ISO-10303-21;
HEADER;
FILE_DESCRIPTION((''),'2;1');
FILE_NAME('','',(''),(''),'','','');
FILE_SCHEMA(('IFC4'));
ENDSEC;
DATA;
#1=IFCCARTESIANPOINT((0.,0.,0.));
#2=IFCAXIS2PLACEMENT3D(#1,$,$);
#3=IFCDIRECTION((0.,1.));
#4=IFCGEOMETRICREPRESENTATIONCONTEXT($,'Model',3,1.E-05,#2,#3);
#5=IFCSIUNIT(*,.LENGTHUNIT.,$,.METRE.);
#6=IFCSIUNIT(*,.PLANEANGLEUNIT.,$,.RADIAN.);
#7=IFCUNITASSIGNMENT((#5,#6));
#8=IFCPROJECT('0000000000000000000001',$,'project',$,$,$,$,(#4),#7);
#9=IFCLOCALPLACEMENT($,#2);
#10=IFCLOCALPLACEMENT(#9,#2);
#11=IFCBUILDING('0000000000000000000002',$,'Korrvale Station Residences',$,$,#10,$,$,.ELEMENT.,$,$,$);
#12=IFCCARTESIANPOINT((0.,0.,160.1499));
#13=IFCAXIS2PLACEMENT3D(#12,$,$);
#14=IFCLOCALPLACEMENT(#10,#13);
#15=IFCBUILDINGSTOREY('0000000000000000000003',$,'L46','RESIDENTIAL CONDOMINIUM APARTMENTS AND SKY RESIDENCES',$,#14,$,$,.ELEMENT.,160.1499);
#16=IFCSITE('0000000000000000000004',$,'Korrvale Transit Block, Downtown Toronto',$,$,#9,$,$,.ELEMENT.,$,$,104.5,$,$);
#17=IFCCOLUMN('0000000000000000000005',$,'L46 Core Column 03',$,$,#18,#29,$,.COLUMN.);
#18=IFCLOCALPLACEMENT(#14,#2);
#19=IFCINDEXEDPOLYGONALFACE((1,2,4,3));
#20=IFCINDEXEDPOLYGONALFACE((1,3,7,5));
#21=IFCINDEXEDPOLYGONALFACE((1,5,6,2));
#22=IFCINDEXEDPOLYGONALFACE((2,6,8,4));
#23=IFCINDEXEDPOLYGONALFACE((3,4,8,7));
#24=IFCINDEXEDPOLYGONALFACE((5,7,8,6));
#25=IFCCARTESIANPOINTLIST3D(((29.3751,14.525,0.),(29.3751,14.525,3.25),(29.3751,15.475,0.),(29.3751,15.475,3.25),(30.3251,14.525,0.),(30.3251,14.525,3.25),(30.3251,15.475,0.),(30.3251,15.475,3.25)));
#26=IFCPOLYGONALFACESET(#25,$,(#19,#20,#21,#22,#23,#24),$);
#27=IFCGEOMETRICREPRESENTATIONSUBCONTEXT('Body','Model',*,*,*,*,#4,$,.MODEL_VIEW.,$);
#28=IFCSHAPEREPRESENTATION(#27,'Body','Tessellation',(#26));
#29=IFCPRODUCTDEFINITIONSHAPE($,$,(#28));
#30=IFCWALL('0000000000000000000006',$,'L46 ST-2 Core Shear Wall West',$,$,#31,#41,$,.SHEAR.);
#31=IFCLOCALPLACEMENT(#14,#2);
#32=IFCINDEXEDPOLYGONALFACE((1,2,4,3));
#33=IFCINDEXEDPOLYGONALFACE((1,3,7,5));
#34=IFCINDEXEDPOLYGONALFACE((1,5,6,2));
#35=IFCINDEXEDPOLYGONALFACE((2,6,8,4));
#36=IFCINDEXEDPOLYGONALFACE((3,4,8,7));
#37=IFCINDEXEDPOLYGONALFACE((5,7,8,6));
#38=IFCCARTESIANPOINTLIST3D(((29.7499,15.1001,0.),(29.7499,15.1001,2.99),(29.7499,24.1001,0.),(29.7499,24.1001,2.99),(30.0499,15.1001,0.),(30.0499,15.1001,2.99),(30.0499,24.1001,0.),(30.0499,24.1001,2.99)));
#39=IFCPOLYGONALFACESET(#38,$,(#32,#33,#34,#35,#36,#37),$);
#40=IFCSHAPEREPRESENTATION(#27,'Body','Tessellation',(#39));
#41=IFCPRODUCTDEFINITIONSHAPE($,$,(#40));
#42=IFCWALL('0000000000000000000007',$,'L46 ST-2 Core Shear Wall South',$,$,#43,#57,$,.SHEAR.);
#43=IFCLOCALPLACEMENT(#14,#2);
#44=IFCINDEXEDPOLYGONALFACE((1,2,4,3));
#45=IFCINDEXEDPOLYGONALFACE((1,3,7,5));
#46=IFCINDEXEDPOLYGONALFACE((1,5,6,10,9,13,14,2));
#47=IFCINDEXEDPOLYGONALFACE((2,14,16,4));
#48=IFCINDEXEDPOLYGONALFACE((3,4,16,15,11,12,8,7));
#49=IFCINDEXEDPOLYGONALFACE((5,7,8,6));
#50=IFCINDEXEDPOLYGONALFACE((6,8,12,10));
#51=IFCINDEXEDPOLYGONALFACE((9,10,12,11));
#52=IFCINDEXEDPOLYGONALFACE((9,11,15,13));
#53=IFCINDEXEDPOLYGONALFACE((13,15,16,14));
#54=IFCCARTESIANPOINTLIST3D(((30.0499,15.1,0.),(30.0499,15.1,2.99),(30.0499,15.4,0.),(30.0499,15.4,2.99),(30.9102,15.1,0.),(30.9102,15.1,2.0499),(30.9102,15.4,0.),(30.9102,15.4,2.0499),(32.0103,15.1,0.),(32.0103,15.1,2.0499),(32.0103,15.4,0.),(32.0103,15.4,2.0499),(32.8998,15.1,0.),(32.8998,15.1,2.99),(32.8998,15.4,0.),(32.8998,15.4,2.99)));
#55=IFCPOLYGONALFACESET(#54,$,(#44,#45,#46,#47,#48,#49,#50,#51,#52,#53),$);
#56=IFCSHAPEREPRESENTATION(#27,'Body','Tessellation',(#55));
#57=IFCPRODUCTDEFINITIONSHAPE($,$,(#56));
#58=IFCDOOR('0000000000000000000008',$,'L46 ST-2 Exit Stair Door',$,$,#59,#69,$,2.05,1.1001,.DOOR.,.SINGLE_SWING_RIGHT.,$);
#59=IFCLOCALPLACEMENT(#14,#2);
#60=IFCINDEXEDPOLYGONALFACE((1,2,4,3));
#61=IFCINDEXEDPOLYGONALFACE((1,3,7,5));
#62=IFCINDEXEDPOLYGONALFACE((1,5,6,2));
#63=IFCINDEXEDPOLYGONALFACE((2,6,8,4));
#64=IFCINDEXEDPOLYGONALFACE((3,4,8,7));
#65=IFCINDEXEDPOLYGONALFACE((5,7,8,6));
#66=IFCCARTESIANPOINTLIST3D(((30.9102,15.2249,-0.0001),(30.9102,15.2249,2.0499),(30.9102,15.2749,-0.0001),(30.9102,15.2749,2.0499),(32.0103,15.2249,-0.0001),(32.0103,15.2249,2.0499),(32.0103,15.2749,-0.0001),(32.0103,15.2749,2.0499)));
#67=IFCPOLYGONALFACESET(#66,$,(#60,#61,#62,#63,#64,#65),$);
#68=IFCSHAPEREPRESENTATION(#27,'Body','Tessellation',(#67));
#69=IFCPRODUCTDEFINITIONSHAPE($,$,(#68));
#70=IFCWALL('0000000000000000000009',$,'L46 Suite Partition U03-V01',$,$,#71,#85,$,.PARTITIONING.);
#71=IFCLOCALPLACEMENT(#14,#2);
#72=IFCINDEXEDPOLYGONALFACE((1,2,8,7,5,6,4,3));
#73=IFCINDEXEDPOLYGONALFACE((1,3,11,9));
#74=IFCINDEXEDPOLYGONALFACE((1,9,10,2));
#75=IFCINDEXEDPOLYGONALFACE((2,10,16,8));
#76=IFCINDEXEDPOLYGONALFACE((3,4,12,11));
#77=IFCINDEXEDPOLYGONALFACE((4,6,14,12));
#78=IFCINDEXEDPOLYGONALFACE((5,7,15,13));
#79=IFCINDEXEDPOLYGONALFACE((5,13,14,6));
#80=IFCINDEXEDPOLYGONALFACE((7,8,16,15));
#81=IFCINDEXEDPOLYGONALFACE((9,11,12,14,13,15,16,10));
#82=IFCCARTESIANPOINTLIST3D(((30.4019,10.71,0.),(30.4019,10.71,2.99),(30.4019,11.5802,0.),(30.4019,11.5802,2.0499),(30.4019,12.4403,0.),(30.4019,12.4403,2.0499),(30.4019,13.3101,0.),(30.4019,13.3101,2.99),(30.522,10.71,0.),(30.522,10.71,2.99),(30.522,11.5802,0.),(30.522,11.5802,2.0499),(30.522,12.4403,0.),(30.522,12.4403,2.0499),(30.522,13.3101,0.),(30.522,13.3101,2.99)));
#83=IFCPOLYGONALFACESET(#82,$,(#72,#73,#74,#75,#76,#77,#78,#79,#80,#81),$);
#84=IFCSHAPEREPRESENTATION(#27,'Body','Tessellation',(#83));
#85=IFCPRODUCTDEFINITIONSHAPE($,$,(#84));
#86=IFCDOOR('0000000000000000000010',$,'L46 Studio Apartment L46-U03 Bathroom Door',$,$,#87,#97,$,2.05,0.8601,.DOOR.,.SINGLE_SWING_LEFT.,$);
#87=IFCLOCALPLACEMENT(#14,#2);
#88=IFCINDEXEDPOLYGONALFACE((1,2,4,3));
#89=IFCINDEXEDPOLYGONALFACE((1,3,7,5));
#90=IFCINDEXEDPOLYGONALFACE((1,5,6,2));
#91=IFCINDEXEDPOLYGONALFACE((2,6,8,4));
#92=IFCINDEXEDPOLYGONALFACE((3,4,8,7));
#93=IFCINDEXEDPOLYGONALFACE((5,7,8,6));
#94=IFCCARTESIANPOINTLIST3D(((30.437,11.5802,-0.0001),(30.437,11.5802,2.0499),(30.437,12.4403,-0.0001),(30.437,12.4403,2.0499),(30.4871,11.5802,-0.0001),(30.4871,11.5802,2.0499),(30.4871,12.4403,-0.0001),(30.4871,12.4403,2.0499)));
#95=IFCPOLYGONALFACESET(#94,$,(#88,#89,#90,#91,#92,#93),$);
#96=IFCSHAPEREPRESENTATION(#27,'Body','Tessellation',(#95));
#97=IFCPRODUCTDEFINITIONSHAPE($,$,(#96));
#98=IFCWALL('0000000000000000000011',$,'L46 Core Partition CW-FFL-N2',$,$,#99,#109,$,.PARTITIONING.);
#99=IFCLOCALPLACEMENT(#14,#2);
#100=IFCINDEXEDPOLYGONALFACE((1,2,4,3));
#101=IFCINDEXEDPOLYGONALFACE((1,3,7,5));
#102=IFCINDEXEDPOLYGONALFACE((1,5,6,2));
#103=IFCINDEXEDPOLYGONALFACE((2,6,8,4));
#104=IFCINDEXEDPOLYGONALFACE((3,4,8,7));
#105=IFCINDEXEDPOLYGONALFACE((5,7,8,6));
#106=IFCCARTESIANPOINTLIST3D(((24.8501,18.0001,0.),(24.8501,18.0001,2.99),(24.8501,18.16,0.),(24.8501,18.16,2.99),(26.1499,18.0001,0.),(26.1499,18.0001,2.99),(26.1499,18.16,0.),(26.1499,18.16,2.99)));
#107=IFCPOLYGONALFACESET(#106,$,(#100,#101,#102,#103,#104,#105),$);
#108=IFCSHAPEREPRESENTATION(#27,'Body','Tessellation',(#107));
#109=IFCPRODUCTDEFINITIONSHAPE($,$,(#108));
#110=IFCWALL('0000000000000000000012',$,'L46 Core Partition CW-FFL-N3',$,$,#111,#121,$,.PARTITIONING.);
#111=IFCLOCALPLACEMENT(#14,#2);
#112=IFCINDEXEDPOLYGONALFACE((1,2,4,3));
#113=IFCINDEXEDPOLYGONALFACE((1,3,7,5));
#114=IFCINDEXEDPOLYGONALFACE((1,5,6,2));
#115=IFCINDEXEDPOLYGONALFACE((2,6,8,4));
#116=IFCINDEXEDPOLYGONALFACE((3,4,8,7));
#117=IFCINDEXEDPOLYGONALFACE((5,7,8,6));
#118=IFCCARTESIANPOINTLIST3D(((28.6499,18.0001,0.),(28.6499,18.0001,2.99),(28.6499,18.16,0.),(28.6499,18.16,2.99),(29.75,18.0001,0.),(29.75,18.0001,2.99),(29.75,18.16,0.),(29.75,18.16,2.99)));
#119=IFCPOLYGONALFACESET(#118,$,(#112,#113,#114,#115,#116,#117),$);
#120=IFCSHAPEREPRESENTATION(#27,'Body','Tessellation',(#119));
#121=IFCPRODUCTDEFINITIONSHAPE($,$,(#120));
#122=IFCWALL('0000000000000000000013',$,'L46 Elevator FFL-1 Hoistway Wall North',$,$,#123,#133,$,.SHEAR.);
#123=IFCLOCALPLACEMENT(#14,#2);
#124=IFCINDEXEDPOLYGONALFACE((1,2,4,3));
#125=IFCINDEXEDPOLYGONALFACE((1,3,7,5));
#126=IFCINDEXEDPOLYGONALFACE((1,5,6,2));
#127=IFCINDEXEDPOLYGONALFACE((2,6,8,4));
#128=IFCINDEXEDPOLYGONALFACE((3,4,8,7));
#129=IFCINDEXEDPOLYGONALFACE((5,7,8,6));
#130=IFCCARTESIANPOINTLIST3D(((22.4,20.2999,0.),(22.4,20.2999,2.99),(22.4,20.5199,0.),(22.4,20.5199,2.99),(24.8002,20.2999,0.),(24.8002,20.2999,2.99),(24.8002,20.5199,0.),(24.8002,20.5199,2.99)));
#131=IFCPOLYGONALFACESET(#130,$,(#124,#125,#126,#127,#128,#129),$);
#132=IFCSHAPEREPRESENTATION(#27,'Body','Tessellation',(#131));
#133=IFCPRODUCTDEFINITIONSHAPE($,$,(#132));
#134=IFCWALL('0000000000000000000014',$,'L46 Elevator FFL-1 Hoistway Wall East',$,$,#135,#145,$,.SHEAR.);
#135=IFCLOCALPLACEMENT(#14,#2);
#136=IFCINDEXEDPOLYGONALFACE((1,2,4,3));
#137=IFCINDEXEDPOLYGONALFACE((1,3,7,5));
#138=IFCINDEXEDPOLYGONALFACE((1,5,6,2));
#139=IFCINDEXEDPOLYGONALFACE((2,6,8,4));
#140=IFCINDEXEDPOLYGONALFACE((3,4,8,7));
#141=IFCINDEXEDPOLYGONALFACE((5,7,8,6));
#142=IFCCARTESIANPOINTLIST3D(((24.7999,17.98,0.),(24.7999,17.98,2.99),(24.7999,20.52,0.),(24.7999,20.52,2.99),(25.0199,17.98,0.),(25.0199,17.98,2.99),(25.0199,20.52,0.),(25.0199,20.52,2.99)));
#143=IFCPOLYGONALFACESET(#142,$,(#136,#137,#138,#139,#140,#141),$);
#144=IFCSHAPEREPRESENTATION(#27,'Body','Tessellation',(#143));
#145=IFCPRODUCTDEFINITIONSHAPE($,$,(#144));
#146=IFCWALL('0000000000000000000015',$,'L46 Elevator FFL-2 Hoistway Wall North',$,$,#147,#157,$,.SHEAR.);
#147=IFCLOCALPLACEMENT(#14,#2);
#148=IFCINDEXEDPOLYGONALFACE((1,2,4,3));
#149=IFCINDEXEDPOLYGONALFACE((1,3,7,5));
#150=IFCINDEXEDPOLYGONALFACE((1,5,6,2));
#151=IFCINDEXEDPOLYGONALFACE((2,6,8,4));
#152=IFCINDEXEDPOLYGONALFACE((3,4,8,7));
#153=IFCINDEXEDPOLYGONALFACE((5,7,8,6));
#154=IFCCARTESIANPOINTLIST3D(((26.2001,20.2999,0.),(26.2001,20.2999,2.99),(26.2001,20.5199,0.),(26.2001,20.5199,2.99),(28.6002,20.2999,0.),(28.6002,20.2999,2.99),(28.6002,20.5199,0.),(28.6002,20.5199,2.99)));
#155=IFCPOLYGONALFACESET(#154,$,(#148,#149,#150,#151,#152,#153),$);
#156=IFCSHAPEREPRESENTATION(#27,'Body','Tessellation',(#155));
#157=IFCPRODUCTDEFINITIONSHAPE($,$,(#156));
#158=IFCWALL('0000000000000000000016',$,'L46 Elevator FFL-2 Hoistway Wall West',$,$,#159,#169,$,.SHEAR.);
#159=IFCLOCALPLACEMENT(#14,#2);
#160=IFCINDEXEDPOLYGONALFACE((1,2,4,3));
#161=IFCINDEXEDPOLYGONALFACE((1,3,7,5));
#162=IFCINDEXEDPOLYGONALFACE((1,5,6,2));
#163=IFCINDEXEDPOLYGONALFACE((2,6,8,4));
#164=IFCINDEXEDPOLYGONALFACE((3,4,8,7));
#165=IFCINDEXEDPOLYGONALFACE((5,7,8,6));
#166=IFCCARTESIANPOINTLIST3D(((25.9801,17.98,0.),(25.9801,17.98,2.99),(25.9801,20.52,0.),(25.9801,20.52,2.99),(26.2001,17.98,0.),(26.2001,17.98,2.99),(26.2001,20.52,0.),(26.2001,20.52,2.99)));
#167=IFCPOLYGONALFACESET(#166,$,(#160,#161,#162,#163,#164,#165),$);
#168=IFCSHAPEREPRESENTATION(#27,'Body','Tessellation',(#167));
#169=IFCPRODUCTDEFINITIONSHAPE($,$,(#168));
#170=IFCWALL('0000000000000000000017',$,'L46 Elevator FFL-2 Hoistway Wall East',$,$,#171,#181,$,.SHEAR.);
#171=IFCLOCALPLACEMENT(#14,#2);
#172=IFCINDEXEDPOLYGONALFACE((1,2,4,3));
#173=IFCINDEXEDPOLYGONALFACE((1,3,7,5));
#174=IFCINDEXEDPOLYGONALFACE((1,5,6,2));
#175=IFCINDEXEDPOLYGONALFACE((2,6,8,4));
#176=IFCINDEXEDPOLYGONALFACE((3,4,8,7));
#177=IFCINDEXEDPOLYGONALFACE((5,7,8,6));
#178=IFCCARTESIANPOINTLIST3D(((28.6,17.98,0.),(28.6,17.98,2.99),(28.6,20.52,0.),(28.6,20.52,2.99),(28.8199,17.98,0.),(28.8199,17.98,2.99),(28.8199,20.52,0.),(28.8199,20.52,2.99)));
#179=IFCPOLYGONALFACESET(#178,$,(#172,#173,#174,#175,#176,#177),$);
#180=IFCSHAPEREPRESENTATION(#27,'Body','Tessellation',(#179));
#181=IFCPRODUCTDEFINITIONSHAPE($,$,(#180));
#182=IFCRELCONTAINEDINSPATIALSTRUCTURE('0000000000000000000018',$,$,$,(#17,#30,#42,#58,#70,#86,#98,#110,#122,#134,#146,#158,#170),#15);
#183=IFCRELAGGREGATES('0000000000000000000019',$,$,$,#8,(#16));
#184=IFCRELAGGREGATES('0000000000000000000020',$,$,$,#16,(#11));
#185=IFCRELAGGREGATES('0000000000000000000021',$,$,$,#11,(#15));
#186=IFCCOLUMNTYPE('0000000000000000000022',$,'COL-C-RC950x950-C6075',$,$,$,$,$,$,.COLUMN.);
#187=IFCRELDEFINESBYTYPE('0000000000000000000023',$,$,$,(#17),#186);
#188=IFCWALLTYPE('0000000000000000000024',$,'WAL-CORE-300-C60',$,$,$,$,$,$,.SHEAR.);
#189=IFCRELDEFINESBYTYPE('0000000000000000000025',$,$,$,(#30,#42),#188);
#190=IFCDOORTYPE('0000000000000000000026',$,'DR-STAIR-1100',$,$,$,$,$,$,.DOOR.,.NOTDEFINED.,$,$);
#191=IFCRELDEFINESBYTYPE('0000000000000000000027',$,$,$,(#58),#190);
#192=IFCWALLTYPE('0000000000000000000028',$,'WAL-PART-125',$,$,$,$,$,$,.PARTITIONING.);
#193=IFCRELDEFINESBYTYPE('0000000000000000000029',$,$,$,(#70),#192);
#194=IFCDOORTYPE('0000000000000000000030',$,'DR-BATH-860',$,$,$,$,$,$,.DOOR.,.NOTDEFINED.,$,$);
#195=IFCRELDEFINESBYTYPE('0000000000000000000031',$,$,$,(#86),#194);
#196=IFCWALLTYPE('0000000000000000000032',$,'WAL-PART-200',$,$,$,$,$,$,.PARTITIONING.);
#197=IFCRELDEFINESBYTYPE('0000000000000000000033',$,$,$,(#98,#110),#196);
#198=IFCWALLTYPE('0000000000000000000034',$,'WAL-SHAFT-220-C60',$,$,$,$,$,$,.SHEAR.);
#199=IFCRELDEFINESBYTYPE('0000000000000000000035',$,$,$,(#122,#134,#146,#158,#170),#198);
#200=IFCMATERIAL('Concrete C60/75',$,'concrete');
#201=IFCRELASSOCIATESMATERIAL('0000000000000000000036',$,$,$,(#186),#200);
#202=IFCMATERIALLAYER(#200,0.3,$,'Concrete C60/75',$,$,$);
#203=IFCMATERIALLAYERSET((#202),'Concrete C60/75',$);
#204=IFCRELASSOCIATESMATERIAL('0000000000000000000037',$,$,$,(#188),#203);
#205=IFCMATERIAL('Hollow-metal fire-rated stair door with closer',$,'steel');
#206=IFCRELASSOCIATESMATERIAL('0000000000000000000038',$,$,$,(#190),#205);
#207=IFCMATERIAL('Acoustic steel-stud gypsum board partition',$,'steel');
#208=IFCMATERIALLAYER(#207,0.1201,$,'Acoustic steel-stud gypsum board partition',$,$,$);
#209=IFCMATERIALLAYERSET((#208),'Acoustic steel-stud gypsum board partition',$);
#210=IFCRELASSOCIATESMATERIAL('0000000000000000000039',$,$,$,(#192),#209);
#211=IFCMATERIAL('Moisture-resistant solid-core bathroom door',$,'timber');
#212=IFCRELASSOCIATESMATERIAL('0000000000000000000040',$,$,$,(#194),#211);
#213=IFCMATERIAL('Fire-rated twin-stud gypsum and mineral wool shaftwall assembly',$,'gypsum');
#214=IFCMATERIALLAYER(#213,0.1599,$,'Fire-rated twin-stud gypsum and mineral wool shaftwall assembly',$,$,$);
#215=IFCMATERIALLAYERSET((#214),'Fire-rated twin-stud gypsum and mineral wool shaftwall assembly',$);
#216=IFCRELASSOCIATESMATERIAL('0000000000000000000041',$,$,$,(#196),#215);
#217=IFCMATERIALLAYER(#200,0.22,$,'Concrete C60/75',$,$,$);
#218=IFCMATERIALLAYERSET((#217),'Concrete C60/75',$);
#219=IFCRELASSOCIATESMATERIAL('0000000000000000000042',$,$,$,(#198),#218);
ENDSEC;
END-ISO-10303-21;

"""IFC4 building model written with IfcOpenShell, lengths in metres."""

from ifc_helpers import new_model, si_unit, direction, frame, frame_2d, origin, origin_2d, place, context, subcontext, project, spatial, rectangle, extrude, material, layer, layer_set, material_profile, profile_set, type_object, element, fill, save


model = new_model("IFC4")

# Units and contexts
model_context = context("Model", 3, precision=1e-05, world=origin(), true_north=direction((0.0, 1.0)))
body_context = subcontext(model_context, "Body", "Model", "MODEL_VIEW")
ifc_project = project(units=[si_unit("LENGTHUNIT", "METRE"), si_unit("PLANEANGLEUNIT", "RADIAN")], contexts=[model_context])

# Site, building, storey
site_placement = place(None, origin())
site = spatial("IfcSite", under=ifc_project, at=site_placement, Name="Korrvale Transit Block, Downtown Toronto", CompositionType="ELEMENT", RefElevation=104.5)
building_placement = place(site_placement, origin())
building = spatial("IfcBuilding", under=site, at=building_placement, Name="Korrvale Station Residences", CompositionType="ELEMENT")
storey_placement = place(building_placement, frame((0.0, 0.0, 160.1499)))
storey = spatial("IfcBuildingStorey", under=building, at=storey_placement, Name="L46", Description="RESIDENTIAL CONDOMINIUM APARTMENTS AND SKY RESIDENCES", CompositionType="ELEMENT", Elevation=160.1499)

# Column
ifc_material_1 = material(Name="Concrete C60/75", Category="concrete")
ifc_material_profile = material_profile(ifc_material_1, rectangle(XDim=0.95, YDim=0.95, at=origin_2d()), Name="RC950x950")
ifc_profile_set = profile_set([ifc_material_profile], Name="Concrete C60/75")
column_type = type_object("IfcColumnType", Name="COL-C-RC950x950-C6075", PredefinedType="COLUMN", material=ifc_profile_set)
column_placement = place(storey_placement, frame((29.8501, 15.0, 0.0), z_axis=(0.0, 0.0, 1.0), x_axis=(1.0, 0.0, 0.0)))
element("IfcColumn", 1, at=column_placement, inside=storey, type_object=column_type, Name="L46 Core Column 03", PredefinedType="COLUMN", context=body_context, shape_type="SweptSolid", body=[
    extrude(rectangle(XDim=0.95, YDim=0.95, at=origin_2d()), origin(), (0.0, 0.0, 1.0), 3.25),
])

# Wall
ifc_layer_1 = layer(ifc_material_1, 0.3, Name="Concrete C60/75")
ifc_layer_set_1 = layer_set([ifc_layer_1], Name="Concrete C60/75")
wall_type_1 = type_object("IfcWallType", Name="WAL-CORE-300-C60", PredefinedType="SHEAR", material=ifc_layer_set_1)
wall_1_placement = place(storey_placement, frame((29.8999, 15.1001, 0.0), z_axis=(0.0, 0.0, 1.0), x_axis=(0.0, 1.0, 0.0)))
element("IfcWall", 2, at=wall_1_placement, inside=storey, type_object=wall_type_1, Name="L46 ST-2 Core Shear Wall West", PredefinedType="SHEAR", context=body_context, shape_type="SweptSolid", body=[
    extrude(rectangle(XDim=9.0, YDim=0.3, at=frame_2d((4.5, 0.0))), origin(), (0.0, 0.0, 1.0), 2.99),
])

# Walls, openings, doors
wall_2_placement = place(storey_placement, frame((30.05, 15.25, 0.0), z_axis=(0.0, 0.0, 1.0), x_axis=(1.0, 0.0, 0.0)))
wall_2 = element("IfcWall", 3, at=wall_2_placement, inside=storey, type_object=wall_type_1, Name="L46 ST-2 Core Shear Wall South", PredefinedType="SHEAR", context=body_context, shape_type="SweptSolid", body=[
    extrude(rectangle(XDim=2.8499, YDim=0.3, at=frame_2d((1.4248, 0.0))), origin(), (0.0, 0.0, 1.0), 2.99),
])
opening_1_placement = place(wall_2_placement, frame((0.8601, 0.0, 0.0)))
opening_1 = element("IfcOpeningElement", 4, at=opening_1_placement, cuts=wall_2, PredefinedType="OPENING", context=body_context, shape_type="SweptSolid", body=[
    extrude(rectangle(XDim=1.1001, YDim=2.05, at=frame_2d((0.55, 1.0249))), frame((0.0, 0.1602, 0.0), z_axis=(0.0, -1.0, 0.0), x_axis=(1.0, 0.0, 0.0)), (0.0, 0.0, 1.0), 0.3201),
])
ifc_material_2 = material(Name="Hollow-metal fire-rated stair door with closer", Category="steel")
door_type_1 = type_object("IfcDoorType", Name="DR-STAIR-1100", OperationType="NOTDEFINED", PredefinedType="DOOR", material=ifc_material_2)
door_1_placement = place(opening_1_placement, origin())
door_1 = element("IfcDoor", 5, at=door_1_placement, inside=storey, type_object=door_type_1, Name="L46 ST-2 Exit Stair Door", OperationType="SINGLE_SWING_RIGHT", OverallHeight=2.05, OverallWidth=1.1001, PredefinedType="DOOR", context=body_context, shape_type="SweptSolid", body=[
    extrude(rectangle(XDim=1.1001, YDim=2.05, at=frame_2d((0.55, 1.0249))), frame((0.0, 0.0249, 0.0), z_axis=(0.0, -1.0, 0.0), x_axis=(1.0, 0.0, 0.0)), (0.0, 0.0, 1.0), 0.05),
])
fill(opening_1, door_1)
ifc_material_3 = material(Name="Acoustic steel-stud gypsum board partition", Category="steel")
ifc_layer_2 = layer(ifc_material_3, 0.1201, Name="Acoustic steel-stud gypsum board partition")
ifc_layer_set_2 = layer_set([ifc_layer_2], Name="Acoustic steel-stud gypsum board partition")
wall_type_2 = type_object("IfcWallType", Name="WAL-PART-125", PredefinedType="PARTITIONING", material=ifc_layer_set_2)
wall_3_placement = place(storey_placement, frame((30.4619, 10.71, 0.0), z_axis=(0.0, 0.0, 1.0), x_axis=(0.0, 1.0, 0.0)))
wall_3 = element("IfcWall", 6, at=wall_3_placement, inside=storey, type_object=wall_type_2, Name="L46 Suite Partition U03-V01", PredefinedType="PARTITIONING", context=body_context, shape_type="SweptSolid", body=[
    extrude(rectangle(XDim=2.6001, YDim=0.1201, at=frame_2d((1.3, 0.0))), origin(), (0.0, 0.0, 1.0), 2.99),
])
opening_2_placement = place(wall_3_placement, frame((0.8701, 0.0, 0.0)))
opening_2 = element("IfcOpeningElement", 7, at=opening_2_placement, cuts=wall_3, PredefinedType="OPENING", context=body_context, shape_type="SweptSolid", body=[
    extrude(rectangle(XDim=0.8601, YDim=2.05, at=frame_2d((0.4302, 1.0249))), frame((0.0, 0.0701, 0.0), z_axis=(0.0, -1.0, 0.0), x_axis=(1.0, 0.0, 0.0)), (0.0, 0.0, 1.0), 0.1401),
])
ifc_material_4 = material(Name="Moisture-resistant solid-core bathroom door", Category="timber")
door_type_2 = type_object("IfcDoorType", Name="DR-BATH-860", OperationType="NOTDEFINED", PredefinedType="DOOR", material=ifc_material_4)
door_2_placement = place(opening_2_placement, origin())
door_2 = element("IfcDoor", 8, at=door_2_placement, inside=storey, type_object=door_type_2, Name="L46 Studio Apartment L46-U03 Bathroom Door", OperationType="SINGLE_SWING_LEFT", OverallHeight=2.05, OverallWidth=0.8601, PredefinedType="DOOR", context=body_context, shape_type="SweptSolid", body=[
    extrude(rectangle(XDim=0.8601, YDim=2.05, at=frame_2d((0.4302, 1.0249))), frame((0.0, 0.0249, 0.0), z_axis=(0.0, -1.0, 0.0), x_axis=(1.0, 0.0, 0.0)), (0.0, 0.0, 1.0), 0.05),
])
fill(opening_2, door_2)

# Walls
ifc_material_5 = material(Name="Fire-rated twin-stud gypsum and mineral wool shaftwall assembly", Category="gypsum")
ifc_layer_3 = layer(ifc_material_5, 0.1599, Name="Fire-rated twin-stud gypsum and mineral wool shaftwall assembly")
ifc_layer_set_3 = layer_set([ifc_layer_3], Name="Fire-rated twin-stud gypsum and mineral wool shaftwall assembly")
wall_type_3 = type_object("IfcWallType", Name="WAL-PART-200", PredefinedType="PARTITIONING", material=ifc_layer_set_3)
wall_4_placement = place(storey_placement, frame((24.8501, 18.0801, 0.0), z_axis=(0.0, 0.0, 1.0), x_axis=(1.0, 0.0, 0.0)))
element("IfcWall", 9, at=wall_4_placement, inside=storey, type_object=wall_type_3, Name="L46 Core Partition CW-FFL-N2", PredefinedType="PARTITIONING", context=body_context, shape_type="SweptSolid", body=[
    extrude(rectangle(XDim=1.2998, YDim=0.1599, at=frame_2d((0.6499, 0.0))), origin(), (0.0, 0.0, 1.0), 2.99),
])
wall_5_placement = place(storey_placement, frame((28.6499, 18.0801, 0.0), z_axis=(0.0, 0.0, 1.0), x_axis=(1.0, 0.0, 0.0)))
element("IfcWall", 10, at=wall_5_placement, inside=storey, type_object=wall_type_3, Name="L46 Core Partition CW-FFL-N3", PredefinedType="PARTITIONING", context=body_context, shape_type="SweptSolid", body=[
    extrude(rectangle(XDim=1.1001, YDim=0.1599, at=frame_2d((0.55, 0.0))), origin(), (0.0, 0.0, 1.0), 2.99),
])
ifc_layer_4 = layer(ifc_material_1, 0.22, Name="Concrete C60/75")
ifc_layer_set_4 = layer_set([ifc_layer_4], Name="Concrete C60/75")
wall_type_4 = type_object("IfcWallType", Name="WAL-SHAFT-220-C60", PredefinedType="SHEAR", material=ifc_layer_set_4)
wall_6_placement = place(storey_placement, frame((22.3999, 20.4099, 0.0), z_axis=(0.0, 0.0, 1.0), x_axis=(1.0, 0.0, 0.0)))
element("IfcWall", 11, at=wall_6_placement, inside=storey, type_object=wall_type_4, Name="L46 Elevator FFL-1 Hoistway Wall North", PredefinedType="SHEAR", context=body_context, shape_type="SweptSolid", body=[
    extrude(rectangle(XDim=2.4001, YDim=0.22, at=frame_2d((1.2002, 0.0))), origin(), (0.0, 0.0, 1.0), 2.99),
])
wall_7_placement = place(storey_placement, frame((24.9099, 17.98, 0.0), z_axis=(0.0, 0.0, 1.0), x_axis=(0.0, 1.0, 0.0)))
element("IfcWall", 12, at=wall_7_placement, inside=storey, type_object=wall_type_4, Name="L46 Elevator FFL-1 Hoistway Wall East", PredefinedType="SHEAR", context=body_context, shape_type="SweptSolid", body=[
    extrude(rectangle(XDim=2.54, YDim=0.22, at=frame_2d((1.27, 0.0))), origin(), (0.0, 0.0, 1.0), 2.99),
])

# Walls
wall_8_placement = place(storey_placement, frame((26.2, 20.4099, 0.0), z_axis=(0.0, 0.0, 1.0), x_axis=(1.0, 0.0, 0.0)))
element("IfcWall", 13, at=wall_8_placement, inside=storey, type_object=wall_type_4, Name="L46 Elevator FFL-2 Hoistway Wall North", PredefinedType="SHEAR", context=body_context, shape_type="SweptSolid", body=[
    extrude(rectangle(XDim=2.4001, YDim=0.22, at=frame_2d((1.2002, 0.0))), origin(), (0.0, 0.0, 1.0), 2.99),
])
for number, where, z_axis, x_axis, name in (
    (14, (26.0901, 17.98, 0.0), (0.0, 0.0, 1.0), (0.0, 1.0, 0.0), "L46 Elevator FFL-2 Hoistway Wall West"),
    (15, (28.71, 17.98, 0.0), (0.0, 0.0, 1.0), (0.0, 1.0, 0.0), "L46 Elevator FFL-2 Hoistway Wall East"),
):
    element("IfcWall", number, at=place(storey_placement, frame(where, z_axis=z_axis, x_axis=x_axis)), inside=storey, type_object=wall_type_4, Name=name, PredefinedType="SHEAR", context=body_context, shape_type="SweptSolid", body=[
        extrude(rectangle(XDim=2.54, YDim=0.22, at=frame_2d((1.27, 0.0))), origin(), (0.0, 0.0, 1.0), 2.99),
    ])

save(model, "model.ifc")
